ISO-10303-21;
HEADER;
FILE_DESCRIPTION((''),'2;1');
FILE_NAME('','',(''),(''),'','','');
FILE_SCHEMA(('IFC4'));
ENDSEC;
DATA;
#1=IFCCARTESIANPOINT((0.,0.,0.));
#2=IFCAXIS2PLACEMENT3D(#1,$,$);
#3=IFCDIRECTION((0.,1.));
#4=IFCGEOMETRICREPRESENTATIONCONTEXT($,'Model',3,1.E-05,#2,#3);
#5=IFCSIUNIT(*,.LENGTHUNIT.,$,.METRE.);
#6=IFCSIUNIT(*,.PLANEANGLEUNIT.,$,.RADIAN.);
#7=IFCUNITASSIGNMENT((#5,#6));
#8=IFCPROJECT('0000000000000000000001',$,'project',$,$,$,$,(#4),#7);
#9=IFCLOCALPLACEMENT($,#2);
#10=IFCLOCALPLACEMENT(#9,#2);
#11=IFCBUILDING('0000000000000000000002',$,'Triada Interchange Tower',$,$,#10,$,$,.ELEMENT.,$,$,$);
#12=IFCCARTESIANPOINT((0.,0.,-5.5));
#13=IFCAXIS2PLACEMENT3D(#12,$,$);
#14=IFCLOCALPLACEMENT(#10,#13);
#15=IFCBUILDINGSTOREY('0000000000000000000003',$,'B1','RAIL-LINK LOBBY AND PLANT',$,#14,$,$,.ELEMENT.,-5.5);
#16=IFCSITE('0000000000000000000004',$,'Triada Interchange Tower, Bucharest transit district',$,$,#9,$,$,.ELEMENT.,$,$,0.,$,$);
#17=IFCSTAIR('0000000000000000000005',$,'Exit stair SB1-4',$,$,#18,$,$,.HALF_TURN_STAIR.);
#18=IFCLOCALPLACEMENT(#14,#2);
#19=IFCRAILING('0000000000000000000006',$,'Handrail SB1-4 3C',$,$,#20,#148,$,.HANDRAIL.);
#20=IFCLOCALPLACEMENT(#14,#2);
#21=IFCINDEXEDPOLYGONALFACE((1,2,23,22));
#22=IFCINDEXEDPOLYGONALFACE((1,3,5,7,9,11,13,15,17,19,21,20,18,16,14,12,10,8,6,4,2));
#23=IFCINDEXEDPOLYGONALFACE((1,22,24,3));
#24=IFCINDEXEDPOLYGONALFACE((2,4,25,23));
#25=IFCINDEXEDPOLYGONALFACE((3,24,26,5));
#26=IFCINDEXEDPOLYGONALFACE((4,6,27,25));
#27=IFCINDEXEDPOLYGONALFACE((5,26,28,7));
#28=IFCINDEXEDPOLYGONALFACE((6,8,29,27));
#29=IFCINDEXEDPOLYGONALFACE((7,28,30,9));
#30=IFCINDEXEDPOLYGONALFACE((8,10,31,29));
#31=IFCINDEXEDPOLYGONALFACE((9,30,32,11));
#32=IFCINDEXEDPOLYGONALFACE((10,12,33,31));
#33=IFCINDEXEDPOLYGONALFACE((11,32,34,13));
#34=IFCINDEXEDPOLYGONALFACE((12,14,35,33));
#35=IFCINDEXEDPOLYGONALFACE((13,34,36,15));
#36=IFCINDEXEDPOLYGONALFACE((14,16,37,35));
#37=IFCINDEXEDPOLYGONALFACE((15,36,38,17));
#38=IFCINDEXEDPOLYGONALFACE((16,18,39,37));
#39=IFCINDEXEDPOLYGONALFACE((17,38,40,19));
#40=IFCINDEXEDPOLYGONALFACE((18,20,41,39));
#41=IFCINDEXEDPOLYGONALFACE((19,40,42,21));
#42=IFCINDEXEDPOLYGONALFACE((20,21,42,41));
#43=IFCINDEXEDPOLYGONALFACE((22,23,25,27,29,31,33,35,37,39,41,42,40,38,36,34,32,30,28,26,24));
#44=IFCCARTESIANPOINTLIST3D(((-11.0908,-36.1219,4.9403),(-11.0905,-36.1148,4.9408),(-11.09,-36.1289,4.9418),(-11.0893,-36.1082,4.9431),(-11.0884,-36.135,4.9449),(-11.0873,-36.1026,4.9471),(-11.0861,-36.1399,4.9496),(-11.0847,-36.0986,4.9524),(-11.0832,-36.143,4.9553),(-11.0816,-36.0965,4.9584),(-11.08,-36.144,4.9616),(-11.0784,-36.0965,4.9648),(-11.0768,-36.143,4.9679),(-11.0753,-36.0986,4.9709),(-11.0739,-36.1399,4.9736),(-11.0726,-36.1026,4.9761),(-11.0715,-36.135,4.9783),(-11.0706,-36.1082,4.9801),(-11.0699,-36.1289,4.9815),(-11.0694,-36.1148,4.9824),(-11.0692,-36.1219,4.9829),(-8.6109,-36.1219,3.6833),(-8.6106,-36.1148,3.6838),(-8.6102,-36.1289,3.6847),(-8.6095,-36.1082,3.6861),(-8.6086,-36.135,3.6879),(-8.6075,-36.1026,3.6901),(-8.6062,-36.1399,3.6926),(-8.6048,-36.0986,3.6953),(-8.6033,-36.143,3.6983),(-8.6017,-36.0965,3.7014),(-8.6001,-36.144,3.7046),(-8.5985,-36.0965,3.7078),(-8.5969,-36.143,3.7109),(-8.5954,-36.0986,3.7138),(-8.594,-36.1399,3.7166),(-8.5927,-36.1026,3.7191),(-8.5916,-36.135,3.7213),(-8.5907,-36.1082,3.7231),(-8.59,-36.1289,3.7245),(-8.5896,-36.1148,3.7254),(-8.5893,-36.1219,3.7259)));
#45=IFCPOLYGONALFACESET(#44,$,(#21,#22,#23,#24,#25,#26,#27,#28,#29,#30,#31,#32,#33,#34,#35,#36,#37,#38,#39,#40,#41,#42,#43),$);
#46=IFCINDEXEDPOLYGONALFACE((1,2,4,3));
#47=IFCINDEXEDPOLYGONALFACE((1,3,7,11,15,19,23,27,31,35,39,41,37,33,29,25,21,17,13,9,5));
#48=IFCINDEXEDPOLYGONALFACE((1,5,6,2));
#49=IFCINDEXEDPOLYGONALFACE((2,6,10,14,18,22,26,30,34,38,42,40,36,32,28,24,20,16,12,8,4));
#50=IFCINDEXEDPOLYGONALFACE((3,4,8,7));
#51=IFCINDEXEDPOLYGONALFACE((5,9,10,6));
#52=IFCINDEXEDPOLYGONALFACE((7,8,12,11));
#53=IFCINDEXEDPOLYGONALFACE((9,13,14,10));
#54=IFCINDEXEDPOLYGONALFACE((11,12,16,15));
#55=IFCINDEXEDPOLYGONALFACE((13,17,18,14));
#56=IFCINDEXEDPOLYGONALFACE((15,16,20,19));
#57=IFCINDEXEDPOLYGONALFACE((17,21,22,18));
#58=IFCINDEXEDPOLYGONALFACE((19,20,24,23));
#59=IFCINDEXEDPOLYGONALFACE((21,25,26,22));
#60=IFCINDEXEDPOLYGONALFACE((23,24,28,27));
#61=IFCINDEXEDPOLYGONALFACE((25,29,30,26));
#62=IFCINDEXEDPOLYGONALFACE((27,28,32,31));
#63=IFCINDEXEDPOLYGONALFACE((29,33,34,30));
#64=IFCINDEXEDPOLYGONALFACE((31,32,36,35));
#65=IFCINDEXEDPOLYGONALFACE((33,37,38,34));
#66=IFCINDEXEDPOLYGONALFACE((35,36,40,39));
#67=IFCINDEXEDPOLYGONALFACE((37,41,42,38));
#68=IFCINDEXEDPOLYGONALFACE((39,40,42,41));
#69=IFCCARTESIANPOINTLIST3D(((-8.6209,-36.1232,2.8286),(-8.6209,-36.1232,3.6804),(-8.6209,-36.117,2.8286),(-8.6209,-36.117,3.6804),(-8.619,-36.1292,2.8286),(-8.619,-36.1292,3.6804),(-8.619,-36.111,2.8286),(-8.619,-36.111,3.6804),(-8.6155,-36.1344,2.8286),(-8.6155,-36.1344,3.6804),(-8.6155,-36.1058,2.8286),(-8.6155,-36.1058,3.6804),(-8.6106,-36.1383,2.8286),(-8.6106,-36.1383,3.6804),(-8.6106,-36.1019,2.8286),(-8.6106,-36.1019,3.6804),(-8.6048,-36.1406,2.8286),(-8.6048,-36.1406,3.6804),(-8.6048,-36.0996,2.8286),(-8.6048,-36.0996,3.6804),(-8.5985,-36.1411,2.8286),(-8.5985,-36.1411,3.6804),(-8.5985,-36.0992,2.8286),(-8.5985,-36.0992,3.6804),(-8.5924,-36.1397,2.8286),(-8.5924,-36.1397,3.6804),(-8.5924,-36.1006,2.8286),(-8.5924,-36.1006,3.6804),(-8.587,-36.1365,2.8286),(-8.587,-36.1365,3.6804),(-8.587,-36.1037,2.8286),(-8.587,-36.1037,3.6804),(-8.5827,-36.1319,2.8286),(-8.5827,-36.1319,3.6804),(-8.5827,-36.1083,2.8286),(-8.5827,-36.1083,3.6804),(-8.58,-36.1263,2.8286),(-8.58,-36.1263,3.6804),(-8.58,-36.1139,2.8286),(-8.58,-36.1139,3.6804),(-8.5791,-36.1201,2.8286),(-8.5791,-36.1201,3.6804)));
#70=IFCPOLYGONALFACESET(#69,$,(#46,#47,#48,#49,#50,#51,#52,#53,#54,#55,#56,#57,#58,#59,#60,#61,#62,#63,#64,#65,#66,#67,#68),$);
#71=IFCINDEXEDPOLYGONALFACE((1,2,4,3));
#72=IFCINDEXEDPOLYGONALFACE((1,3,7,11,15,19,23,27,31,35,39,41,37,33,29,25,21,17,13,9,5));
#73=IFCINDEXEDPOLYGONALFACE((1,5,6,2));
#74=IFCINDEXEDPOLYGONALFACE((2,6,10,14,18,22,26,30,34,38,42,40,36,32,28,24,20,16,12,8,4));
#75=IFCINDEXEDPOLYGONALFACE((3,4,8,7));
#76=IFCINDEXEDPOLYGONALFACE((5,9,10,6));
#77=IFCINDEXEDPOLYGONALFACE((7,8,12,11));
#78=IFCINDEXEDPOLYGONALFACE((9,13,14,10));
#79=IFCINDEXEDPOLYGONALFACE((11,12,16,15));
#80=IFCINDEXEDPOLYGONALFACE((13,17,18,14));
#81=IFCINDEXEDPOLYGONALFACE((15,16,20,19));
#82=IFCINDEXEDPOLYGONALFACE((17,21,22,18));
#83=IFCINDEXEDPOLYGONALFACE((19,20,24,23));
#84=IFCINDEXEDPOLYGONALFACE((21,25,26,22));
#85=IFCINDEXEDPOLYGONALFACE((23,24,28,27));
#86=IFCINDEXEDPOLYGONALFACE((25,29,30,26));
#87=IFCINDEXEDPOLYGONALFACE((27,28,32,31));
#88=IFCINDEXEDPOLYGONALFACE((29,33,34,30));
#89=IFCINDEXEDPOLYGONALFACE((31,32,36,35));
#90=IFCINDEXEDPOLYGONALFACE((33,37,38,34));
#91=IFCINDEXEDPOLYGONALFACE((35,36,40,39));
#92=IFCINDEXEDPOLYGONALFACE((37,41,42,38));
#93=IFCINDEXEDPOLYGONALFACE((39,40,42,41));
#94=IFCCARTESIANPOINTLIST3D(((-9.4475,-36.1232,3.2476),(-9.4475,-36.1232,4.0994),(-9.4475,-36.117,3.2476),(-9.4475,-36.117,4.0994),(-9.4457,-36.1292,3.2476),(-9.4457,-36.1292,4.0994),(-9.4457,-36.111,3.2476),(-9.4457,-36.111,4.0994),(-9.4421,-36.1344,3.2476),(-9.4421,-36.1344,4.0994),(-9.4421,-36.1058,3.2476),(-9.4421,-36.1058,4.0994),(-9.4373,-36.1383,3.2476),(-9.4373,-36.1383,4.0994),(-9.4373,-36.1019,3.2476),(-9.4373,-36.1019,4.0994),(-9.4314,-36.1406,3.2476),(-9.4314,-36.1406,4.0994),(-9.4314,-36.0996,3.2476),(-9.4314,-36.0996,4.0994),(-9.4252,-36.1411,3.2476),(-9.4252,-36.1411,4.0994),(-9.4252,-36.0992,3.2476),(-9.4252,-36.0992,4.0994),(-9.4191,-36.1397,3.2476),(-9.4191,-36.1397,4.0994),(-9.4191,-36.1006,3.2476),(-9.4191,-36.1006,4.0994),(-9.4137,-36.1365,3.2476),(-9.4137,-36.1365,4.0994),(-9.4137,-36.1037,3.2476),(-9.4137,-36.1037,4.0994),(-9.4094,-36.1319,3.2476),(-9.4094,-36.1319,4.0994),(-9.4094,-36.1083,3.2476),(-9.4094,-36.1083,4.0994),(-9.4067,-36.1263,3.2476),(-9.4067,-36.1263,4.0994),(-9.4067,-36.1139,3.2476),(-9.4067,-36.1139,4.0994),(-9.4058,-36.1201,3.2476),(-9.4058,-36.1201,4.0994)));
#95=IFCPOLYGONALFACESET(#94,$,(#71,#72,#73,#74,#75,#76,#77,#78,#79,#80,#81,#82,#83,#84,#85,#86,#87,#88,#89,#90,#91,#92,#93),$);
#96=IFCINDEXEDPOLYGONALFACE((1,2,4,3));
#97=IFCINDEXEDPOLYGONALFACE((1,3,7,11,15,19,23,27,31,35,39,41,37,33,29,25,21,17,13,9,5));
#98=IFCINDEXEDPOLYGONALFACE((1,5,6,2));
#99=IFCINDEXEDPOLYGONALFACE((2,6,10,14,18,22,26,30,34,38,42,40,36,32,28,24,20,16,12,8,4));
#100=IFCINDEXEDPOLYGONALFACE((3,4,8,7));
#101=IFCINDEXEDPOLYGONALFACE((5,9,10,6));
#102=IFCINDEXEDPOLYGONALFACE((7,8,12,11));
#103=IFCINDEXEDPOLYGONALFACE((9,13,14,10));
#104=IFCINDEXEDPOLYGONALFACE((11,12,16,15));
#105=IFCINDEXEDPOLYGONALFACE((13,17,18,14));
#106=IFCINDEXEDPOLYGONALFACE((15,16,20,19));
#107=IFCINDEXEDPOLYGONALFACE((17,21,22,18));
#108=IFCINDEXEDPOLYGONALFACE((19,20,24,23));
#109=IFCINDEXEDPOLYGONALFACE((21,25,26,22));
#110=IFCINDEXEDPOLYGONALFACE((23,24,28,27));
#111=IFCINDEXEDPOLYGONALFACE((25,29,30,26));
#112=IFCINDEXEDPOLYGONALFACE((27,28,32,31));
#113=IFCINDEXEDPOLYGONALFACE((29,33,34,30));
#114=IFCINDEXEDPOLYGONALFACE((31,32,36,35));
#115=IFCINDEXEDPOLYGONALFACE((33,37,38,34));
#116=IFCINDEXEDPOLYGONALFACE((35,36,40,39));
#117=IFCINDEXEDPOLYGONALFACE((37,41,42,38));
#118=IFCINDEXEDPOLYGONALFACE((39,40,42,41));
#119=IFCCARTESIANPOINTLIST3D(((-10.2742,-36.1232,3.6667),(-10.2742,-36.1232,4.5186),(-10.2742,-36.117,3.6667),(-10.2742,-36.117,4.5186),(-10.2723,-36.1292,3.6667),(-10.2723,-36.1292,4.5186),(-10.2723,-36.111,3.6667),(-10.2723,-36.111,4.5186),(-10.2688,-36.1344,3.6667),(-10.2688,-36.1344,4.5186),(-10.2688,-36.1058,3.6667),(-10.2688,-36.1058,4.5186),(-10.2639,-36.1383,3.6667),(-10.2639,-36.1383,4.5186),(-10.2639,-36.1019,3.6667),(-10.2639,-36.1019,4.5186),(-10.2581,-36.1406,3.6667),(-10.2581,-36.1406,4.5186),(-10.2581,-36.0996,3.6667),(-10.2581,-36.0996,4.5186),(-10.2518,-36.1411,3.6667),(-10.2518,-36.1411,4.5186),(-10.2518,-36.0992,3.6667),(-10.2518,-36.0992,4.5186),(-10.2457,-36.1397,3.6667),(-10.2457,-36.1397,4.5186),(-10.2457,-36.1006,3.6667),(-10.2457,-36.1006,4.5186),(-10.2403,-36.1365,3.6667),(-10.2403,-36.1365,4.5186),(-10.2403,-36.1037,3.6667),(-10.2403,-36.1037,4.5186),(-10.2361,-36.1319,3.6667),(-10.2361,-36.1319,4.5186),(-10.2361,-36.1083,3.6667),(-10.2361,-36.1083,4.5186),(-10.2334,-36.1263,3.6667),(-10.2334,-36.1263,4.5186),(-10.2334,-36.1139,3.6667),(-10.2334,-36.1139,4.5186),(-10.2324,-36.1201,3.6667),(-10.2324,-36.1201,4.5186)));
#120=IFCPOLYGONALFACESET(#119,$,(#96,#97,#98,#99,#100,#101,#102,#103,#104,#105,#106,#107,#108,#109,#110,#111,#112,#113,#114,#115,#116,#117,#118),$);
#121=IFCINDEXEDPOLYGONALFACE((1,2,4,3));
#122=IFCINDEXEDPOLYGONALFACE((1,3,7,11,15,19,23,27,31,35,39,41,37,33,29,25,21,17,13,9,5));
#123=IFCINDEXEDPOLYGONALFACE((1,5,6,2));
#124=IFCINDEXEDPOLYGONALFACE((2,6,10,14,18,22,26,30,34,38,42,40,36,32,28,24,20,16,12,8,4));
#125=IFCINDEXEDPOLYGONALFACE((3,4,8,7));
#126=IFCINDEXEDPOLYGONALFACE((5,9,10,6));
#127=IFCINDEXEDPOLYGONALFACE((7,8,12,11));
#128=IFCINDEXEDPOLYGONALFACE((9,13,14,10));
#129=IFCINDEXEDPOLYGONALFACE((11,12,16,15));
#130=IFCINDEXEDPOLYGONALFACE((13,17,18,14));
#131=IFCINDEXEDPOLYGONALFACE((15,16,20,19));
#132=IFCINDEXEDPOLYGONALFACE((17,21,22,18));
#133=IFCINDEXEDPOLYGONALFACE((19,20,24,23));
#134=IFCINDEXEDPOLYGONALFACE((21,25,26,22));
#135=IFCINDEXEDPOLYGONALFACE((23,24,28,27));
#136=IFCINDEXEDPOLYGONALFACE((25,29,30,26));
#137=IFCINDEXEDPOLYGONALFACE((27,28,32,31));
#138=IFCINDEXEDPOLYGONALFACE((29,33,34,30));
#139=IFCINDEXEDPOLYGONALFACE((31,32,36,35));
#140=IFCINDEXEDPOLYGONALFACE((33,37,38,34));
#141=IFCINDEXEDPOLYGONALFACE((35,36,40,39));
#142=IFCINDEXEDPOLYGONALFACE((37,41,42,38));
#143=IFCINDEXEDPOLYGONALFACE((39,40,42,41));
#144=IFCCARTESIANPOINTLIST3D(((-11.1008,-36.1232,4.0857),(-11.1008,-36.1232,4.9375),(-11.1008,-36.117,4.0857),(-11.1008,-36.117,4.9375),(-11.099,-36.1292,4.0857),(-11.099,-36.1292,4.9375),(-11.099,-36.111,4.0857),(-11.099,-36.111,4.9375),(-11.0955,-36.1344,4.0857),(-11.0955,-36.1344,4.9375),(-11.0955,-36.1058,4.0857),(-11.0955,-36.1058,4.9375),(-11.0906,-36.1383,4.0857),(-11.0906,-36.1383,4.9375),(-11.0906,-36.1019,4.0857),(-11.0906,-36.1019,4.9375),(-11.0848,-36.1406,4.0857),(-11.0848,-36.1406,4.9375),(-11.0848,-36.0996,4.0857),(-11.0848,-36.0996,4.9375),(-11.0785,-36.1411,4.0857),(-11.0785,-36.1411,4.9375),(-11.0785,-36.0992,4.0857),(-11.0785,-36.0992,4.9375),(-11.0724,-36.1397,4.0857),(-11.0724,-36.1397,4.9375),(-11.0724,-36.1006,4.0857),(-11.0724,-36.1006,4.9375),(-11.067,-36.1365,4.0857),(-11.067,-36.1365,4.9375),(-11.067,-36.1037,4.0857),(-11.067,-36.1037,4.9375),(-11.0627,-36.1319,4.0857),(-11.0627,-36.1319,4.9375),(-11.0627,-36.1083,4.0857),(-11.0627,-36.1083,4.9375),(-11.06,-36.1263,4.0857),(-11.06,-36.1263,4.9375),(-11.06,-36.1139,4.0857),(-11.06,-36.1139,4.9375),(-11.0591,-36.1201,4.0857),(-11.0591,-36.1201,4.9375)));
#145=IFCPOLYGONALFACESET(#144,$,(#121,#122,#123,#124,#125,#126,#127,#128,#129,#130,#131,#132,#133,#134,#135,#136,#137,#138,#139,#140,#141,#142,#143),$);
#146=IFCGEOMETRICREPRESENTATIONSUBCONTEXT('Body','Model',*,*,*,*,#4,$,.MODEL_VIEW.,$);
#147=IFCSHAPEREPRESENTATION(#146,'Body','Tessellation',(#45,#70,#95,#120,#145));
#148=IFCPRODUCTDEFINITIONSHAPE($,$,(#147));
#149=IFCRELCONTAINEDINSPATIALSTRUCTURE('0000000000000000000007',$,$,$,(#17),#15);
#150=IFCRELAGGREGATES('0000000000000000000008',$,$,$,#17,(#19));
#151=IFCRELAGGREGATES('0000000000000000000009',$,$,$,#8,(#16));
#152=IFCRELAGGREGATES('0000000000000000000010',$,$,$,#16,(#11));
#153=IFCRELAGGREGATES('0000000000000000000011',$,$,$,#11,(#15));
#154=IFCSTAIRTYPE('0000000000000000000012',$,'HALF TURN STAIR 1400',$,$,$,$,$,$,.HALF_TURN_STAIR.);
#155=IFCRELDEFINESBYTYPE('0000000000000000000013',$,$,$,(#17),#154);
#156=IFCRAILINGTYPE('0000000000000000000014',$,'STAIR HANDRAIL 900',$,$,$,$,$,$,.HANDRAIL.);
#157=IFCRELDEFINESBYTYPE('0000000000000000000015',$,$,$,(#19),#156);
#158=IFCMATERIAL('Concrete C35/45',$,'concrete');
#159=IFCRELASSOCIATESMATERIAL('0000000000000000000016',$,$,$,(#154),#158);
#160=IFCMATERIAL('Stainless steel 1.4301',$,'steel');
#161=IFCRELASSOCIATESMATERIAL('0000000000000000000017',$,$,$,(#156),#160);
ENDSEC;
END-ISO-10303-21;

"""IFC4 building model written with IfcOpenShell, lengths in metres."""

from ifc_helpers import new_model, si_unit, direction, frame, origin, origin_2d, place, context, subcontext, project, spatial, circle, extrude, material, type_object, element, aggregate, save


model = new_model("IFC4")

# Units and contexts
model_context = context("Model", 3, precision=1e-05, world=origin(), true_north=direction((0.0, 1.0)))
body_context = subcontext(model_context, "Body", "Model", "MODEL_VIEW")
ifc_project = project(units=[si_unit("LENGTHUNIT", "METRE"), si_unit("PLANEANGLEUNIT", "RADIAN")], contexts=[model_context])

# Site, building, storey
site_placement = place(None, origin())
site = spatial("IfcSite", under=ifc_project, at=site_placement, Name="Triada Interchange Tower, Bucharest transit district", CompositionType="ELEMENT", RefElevation=0.0)
building_placement = place(site_placement, origin())
building = spatial("IfcBuilding", under=site, at=building_placement, Name="Triada Interchange Tower", CompositionType="ELEMENT")
storey_placement = place(building_placement, frame((0.0, 0.0, -5.5)))
storey = spatial("IfcBuildingStorey", under=building, at=storey_placement, Name="B1", Description="RAIL-LINK LOBBY AND PLANT", CompositionType="ELEMENT", Elevation=-5.5)

# Shared definitions
ifc_material_1 = material(Name="Concrete C35/45", Category="concrete")

# Stair, railing
stair_type = type_object("IfcStairType", Name="HALF TURN STAIR 1400", PredefinedType="HALF_TURN_STAIR", material=ifc_material_1)
stair_1_placement = place(storey_placement, origin())
stair_1 = element("IfcStair", 1, at=stair_1_placement, inside=storey, type_object=stair_type, Name="Exit stair SB1-4", PredefinedType="HALF_TURN_STAIR")
ifc_material_2 = material(Name="Stainless steel 1.4301", Category="steel")
railing_type_1 = type_object("IfcRailingType", Name="STAIR HANDRAIL 900", PredefinedType="HANDRAIL", material=ifc_material_2)
railing_1_placement = place(storey_placement, frame((-8.6001, -36.1201, 2.8286)))
railing_1 = element("IfcRailing", 2, at=railing_1_placement, type_object=railing_type_1, Name="Handrail SB1-4 3C", PredefinedType="HANDRAIL", context=body_context, shape_type="SweptSolid", body=[
    extrude(circle(Radius=0.0239, at=origin_2d()), frame((0.0, 0.0, 0.876), z_axis=(-0.891955, 0.0, 0.452124), x_axis=(0.0, -1.0, 0.0)), (0.0, 0.0, 1.0), 2.7803),
    extrude(circle(Radius=0.021, at=origin_2d()), origin(), (0.0, 0.0, 1.0), 0.8518),
    extrude(circle(Radius=0.021, at=origin_2d()), frame((-0.8267, 0.0, 0.4189)), (0.0, 0.0, 1.0), 0.8518),
    extrude(circle(Radius=0.021, at=origin_2d()), frame((-1.6533, 0.0, 0.8381)), (0.0, 0.0, 1.0), 0.8518),
    extrude(circle(Radius=0.021, at=origin_2d()), frame((-2.48, 0.0, 1.2571)), (0.0, 0.0, 1.0), 0.8518),
])
aggregate(stair_1, [railing_1])

save(model, "model.ifc")
